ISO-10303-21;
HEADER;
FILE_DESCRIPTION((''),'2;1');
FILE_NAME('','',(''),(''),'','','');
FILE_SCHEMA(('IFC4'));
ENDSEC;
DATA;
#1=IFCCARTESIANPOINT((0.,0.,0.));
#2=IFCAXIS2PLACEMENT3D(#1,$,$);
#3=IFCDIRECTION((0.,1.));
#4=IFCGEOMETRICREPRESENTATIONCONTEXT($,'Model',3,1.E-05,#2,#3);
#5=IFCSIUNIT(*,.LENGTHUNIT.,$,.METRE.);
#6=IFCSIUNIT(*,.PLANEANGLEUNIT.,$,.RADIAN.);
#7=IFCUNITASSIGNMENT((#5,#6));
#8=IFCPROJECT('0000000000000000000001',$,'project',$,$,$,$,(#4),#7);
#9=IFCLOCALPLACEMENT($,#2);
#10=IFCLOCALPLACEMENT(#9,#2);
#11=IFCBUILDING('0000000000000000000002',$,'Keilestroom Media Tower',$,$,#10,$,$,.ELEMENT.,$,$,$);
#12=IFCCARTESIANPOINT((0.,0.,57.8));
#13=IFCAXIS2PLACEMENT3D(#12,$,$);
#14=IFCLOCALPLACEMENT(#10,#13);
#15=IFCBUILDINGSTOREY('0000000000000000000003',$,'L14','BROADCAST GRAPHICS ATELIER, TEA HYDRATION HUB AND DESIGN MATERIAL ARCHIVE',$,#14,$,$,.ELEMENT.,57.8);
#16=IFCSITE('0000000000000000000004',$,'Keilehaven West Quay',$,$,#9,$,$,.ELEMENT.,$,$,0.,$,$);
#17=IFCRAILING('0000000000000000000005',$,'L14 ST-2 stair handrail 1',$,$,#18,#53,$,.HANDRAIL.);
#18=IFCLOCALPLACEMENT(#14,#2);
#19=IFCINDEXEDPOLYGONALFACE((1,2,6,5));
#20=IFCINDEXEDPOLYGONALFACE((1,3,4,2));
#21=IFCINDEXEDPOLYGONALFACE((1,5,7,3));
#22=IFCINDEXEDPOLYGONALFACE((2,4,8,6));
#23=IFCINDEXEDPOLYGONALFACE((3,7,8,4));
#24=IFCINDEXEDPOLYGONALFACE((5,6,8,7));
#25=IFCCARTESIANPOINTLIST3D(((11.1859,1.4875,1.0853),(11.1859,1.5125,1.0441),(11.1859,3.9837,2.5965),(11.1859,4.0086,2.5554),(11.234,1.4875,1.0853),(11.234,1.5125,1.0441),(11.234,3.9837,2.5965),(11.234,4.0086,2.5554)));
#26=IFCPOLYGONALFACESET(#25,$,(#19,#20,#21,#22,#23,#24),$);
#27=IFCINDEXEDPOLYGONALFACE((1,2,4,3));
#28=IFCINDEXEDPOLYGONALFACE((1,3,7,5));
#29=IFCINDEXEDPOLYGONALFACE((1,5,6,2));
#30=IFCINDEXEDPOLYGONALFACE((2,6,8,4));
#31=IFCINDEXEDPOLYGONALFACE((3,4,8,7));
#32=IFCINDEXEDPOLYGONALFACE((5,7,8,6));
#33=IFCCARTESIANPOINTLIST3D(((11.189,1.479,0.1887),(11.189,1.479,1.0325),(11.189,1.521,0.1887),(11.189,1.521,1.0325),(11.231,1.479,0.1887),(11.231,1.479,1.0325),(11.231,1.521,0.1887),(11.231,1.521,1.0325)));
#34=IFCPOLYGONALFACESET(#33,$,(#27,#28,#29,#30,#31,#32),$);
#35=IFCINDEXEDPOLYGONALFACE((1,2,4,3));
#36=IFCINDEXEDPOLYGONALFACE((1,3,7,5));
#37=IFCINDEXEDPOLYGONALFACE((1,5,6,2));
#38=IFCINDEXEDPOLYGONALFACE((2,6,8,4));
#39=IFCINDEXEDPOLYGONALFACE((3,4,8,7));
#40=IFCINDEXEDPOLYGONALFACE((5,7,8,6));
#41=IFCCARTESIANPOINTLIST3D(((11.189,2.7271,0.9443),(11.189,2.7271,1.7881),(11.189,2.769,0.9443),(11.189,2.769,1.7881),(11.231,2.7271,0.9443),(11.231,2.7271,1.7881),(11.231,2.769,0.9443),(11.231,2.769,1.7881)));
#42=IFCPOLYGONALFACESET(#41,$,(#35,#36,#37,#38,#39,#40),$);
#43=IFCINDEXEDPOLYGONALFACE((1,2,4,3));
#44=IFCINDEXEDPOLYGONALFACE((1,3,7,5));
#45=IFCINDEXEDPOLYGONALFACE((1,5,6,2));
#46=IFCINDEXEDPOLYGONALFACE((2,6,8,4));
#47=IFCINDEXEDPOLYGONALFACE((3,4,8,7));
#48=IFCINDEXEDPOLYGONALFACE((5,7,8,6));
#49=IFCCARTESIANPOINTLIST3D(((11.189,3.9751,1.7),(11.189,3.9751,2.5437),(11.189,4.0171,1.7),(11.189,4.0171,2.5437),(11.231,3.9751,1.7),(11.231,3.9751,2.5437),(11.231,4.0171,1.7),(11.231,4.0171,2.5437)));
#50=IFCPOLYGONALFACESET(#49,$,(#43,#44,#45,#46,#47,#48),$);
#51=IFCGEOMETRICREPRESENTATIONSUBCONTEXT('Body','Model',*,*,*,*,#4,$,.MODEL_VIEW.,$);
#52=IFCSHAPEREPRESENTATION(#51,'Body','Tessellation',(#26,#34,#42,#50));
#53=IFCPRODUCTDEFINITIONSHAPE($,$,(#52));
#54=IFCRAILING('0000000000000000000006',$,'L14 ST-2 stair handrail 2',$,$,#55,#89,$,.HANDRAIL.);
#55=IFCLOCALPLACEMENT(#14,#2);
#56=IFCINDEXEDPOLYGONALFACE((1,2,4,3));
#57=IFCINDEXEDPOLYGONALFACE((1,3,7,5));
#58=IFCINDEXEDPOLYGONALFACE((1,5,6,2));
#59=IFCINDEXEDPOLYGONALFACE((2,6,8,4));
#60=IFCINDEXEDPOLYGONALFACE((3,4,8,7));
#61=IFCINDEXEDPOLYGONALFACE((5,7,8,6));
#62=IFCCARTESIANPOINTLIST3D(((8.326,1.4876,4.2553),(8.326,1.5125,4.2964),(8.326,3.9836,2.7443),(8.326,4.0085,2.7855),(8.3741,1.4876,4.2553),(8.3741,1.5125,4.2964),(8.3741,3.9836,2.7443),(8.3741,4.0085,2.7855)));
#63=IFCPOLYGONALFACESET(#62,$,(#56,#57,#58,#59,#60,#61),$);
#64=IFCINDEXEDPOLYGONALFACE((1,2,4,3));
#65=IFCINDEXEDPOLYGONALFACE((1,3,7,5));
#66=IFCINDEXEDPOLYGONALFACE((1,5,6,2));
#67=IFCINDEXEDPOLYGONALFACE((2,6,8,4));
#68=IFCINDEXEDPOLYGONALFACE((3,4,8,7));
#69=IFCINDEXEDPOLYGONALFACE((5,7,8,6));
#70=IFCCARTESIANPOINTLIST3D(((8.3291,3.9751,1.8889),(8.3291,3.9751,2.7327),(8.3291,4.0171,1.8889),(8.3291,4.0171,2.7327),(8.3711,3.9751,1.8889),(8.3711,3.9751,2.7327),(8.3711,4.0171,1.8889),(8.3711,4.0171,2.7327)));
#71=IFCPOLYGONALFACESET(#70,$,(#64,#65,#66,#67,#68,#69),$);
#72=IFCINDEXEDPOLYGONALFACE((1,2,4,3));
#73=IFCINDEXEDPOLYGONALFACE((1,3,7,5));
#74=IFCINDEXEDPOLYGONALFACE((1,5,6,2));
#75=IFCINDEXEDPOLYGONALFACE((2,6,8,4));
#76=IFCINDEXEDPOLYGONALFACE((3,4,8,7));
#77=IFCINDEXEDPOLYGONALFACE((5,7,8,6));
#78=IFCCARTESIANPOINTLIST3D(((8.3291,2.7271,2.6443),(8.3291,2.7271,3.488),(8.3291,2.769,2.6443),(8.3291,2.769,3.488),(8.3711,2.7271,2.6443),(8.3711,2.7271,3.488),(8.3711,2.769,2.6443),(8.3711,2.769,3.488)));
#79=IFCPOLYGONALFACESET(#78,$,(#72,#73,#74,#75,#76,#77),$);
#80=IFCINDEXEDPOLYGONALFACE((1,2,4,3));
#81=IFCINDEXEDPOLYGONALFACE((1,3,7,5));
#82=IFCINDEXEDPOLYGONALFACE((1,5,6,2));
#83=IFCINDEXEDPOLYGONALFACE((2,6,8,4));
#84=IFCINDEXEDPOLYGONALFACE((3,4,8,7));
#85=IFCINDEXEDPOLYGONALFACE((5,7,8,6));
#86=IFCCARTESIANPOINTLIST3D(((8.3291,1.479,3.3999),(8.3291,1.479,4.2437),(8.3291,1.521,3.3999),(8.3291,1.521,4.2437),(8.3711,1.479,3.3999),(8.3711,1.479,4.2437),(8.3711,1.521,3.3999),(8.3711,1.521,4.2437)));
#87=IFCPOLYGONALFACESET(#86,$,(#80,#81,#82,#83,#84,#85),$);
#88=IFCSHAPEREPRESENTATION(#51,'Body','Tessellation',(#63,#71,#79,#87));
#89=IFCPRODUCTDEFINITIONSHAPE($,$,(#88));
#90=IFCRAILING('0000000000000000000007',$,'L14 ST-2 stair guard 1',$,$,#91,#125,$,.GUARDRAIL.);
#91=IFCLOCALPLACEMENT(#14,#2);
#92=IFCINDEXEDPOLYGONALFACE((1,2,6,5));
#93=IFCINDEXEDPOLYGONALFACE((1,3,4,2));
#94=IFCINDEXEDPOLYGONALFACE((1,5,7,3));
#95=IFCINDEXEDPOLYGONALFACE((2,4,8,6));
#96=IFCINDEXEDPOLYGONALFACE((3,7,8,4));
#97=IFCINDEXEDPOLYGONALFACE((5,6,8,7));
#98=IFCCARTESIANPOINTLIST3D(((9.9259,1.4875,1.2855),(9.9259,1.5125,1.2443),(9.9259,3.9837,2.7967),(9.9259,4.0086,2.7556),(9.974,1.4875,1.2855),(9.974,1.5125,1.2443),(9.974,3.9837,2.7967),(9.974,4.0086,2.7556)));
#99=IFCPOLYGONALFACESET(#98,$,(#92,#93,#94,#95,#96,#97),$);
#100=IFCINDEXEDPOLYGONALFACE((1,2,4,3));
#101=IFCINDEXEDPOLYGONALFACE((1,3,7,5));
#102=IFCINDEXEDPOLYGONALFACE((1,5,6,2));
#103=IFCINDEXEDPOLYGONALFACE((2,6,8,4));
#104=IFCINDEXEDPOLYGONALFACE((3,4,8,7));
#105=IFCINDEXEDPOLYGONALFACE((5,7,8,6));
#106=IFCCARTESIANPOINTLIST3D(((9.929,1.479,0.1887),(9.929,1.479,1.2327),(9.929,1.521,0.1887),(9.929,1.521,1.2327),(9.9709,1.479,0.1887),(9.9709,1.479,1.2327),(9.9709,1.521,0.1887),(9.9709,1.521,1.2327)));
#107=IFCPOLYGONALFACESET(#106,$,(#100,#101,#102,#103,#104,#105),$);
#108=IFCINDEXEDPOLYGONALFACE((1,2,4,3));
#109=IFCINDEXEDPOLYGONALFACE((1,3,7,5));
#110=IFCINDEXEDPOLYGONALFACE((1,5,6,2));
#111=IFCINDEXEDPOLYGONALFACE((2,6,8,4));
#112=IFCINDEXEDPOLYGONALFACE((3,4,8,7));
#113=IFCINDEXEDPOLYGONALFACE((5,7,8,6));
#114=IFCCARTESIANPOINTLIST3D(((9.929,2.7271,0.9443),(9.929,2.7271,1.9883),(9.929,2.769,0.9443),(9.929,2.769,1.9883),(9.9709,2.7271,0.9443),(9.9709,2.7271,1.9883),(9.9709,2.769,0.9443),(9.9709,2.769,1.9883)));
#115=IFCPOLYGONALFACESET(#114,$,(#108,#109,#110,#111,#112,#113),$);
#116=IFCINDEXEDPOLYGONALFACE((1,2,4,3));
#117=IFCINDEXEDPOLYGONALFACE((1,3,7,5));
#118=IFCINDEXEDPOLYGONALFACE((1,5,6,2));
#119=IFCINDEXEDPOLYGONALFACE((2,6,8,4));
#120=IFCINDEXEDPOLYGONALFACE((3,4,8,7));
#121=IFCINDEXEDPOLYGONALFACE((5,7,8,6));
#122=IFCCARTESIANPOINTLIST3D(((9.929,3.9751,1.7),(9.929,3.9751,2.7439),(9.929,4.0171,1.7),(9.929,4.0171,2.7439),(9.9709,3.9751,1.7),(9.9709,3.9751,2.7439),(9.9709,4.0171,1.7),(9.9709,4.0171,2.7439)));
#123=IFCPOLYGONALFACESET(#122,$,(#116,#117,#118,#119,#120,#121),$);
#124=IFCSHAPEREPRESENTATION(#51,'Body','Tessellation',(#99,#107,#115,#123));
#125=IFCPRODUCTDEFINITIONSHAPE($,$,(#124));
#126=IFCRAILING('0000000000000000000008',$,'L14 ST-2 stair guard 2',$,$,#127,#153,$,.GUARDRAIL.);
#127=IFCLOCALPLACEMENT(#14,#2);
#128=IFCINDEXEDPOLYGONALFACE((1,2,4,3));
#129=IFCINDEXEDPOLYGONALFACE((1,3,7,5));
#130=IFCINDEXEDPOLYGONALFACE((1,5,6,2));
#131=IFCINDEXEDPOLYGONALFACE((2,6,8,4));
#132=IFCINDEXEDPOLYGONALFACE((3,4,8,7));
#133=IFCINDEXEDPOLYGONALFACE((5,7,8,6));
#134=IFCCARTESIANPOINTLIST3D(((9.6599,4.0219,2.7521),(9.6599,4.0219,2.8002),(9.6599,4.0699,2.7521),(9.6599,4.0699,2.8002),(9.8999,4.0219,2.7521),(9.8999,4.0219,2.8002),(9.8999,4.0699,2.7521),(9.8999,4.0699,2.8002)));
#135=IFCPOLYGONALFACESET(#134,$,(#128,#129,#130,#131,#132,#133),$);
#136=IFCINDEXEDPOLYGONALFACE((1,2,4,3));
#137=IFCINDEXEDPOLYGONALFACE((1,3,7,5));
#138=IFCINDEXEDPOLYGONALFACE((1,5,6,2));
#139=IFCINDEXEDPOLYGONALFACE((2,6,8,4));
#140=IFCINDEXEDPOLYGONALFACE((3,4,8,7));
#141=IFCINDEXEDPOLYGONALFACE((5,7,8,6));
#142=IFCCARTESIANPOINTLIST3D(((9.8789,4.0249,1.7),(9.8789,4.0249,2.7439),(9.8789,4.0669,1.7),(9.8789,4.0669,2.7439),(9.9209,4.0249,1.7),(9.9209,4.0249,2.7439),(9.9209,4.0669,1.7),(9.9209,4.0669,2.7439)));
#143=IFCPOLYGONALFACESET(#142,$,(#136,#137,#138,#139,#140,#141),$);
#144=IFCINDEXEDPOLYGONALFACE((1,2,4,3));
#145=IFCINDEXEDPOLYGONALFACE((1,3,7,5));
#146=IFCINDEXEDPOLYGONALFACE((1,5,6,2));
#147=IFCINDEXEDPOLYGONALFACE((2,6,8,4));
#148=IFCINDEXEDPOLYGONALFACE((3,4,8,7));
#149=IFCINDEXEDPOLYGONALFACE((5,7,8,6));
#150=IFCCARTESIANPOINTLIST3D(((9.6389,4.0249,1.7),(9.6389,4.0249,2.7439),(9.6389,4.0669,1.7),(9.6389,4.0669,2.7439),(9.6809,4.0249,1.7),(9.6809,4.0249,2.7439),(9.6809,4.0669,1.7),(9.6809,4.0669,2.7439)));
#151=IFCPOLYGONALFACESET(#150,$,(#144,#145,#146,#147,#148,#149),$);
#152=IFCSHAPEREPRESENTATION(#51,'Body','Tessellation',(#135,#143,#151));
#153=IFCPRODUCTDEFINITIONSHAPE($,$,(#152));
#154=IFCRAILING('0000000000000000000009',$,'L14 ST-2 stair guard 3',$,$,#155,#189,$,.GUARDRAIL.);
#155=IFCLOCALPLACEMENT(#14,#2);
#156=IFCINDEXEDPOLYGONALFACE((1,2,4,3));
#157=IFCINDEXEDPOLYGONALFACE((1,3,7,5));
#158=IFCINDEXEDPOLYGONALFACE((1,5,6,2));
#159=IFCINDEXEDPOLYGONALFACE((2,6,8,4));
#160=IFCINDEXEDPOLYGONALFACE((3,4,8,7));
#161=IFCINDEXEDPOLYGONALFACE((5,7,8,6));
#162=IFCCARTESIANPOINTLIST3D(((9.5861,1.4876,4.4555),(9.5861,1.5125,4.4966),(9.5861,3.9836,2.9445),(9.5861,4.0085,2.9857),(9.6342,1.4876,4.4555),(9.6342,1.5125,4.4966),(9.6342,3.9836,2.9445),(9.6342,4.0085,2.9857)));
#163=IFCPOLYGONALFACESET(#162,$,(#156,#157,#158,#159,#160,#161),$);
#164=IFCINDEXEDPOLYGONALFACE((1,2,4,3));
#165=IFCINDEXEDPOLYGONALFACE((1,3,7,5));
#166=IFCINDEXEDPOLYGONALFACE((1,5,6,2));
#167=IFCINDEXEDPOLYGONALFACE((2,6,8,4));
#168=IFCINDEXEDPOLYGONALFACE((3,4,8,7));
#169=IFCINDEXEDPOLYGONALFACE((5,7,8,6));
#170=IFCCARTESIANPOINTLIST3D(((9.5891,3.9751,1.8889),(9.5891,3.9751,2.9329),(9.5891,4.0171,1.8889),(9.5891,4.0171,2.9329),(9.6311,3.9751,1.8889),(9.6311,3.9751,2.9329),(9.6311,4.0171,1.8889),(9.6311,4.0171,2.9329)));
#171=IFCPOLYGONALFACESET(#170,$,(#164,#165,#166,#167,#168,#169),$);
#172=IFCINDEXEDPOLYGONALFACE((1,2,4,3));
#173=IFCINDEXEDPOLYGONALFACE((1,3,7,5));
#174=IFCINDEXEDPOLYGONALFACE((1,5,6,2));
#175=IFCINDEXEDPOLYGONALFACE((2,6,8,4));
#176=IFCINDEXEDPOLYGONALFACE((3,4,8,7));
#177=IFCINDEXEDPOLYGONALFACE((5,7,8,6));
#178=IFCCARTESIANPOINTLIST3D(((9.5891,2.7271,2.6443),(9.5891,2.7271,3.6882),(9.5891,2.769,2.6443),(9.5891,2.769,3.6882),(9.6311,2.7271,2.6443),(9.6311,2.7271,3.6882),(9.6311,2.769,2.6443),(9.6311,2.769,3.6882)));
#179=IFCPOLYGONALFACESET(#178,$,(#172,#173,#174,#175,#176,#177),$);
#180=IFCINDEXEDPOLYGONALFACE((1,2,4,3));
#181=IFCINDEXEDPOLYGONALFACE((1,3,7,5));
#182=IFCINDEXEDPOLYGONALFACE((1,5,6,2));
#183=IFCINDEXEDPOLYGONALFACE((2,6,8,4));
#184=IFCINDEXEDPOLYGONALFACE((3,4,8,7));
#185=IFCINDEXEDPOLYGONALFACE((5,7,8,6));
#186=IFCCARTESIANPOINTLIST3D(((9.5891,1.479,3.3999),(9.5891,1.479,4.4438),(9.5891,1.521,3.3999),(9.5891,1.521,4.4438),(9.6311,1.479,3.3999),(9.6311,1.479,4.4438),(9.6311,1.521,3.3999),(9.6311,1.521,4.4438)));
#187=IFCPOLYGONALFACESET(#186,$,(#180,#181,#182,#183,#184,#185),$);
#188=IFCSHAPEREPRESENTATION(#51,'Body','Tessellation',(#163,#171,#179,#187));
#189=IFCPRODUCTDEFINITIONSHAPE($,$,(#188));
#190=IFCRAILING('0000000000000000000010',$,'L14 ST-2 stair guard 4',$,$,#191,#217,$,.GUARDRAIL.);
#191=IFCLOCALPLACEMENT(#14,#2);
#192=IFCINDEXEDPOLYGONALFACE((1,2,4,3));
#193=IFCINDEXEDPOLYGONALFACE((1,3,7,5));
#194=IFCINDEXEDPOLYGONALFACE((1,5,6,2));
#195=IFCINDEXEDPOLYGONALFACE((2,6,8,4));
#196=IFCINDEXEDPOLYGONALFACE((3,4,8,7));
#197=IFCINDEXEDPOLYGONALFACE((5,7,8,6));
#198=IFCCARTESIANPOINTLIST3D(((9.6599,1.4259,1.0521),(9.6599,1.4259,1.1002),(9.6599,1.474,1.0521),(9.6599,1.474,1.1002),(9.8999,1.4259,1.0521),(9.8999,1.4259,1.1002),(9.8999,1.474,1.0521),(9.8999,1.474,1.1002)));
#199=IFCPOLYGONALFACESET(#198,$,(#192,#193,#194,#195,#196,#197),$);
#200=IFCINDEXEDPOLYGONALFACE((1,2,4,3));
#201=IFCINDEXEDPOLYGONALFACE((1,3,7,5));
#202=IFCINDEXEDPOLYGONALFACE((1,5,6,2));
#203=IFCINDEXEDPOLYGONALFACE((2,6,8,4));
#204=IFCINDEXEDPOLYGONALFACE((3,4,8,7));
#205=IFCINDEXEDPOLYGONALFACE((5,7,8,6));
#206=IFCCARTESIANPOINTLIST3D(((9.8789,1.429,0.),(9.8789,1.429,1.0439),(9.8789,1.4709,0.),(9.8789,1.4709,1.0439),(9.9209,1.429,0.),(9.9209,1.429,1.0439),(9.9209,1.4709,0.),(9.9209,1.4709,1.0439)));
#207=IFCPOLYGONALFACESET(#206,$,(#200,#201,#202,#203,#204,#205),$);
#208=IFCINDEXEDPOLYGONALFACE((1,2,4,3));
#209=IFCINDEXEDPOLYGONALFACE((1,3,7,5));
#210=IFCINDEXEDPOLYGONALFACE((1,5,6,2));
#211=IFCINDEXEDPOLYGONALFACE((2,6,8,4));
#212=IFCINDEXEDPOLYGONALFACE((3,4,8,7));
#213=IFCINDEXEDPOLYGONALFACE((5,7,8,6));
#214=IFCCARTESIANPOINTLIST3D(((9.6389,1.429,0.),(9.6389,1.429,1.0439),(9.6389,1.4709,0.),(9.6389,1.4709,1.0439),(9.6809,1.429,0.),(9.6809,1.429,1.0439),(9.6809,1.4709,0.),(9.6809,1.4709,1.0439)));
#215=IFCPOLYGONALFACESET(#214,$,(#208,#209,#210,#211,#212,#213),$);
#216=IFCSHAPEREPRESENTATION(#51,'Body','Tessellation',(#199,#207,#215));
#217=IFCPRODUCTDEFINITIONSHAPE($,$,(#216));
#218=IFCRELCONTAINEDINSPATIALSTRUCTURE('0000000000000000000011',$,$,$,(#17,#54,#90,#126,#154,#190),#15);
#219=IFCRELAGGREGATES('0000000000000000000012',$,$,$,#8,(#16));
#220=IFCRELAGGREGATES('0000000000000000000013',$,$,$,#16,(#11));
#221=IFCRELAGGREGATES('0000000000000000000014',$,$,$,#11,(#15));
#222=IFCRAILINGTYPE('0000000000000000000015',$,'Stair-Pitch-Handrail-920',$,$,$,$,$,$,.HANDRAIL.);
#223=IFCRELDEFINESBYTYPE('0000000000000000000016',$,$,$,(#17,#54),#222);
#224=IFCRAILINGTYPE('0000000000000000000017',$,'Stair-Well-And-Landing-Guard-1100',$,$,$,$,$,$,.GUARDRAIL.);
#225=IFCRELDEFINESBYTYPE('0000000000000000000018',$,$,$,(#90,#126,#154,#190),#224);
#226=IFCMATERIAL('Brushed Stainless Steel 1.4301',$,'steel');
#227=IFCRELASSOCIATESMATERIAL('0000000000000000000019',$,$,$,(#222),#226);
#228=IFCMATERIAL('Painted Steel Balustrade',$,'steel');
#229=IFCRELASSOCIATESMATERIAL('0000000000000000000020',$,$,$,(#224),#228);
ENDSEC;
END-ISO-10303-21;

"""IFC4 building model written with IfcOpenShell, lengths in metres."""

from ifc_helpers import new_model, si_unit, direction, frame, origin, origin_2d, place, context, subcontext, project, spatial, rectangle, extrude, material, type_object, element, save


model = new_model("IFC4")

# Units and contexts
model_context = context("Model", 3, precision=1e-05, world=origin(), true_north=direction((0.0, 1.0)))
body_context = subcontext(model_context, "Body", "Model", "MODEL_VIEW")
ifc_project = project(units=[si_unit("LENGTHUNIT", "METRE"), si_unit("PLANEANGLEUNIT", "RADIAN")], contexts=[model_context])

# Site, building, storey
site_placement = place(None, origin())
site = spatial("IfcSite", under=ifc_project, at=site_placement, Name="Keilehaven West Quay", CompositionType="ELEMENT", RefElevation=0.0)
building_placement = place(site_placement, origin())
building = spatial("IfcBuilding", under=site, at=building_placement, Name="Keilestroom Media Tower", CompositionType="ELEMENT")
storey_placement = place(building_placement, frame((0.0, 0.0, 57.8)))
storey = spatial("IfcBuildingStorey", under=building, at=storey_placement, Name="L14", Description="BROADCAST GRAPHICS ATELIER, TEA HYDRATION HUB AND DESIGN MATERIAL ARCHIVE", CompositionType="ELEMENT", Elevation=57.8)

# Railings
ifc_material_1 = material(Name="Brushed Stainless Steel 1.4301", Category="steel")
railing_type_1 = type_object("IfcRailingType", Name="Stair-Pitch-Handrail-920", PredefinedType="HANDRAIL", material=ifc_material_1)
railing_1_placement = place(storey_placement, frame((11.21, 1.5, 0.1887)))
element("IfcRailing", 1, at=railing_1_placement, inside=storey, type_object=railing_type_1, Name="L14 ST-2 stair handrail 1", PredefinedType="HANDRAIL", context=body_context, shape_type="SweptSolid", body=[
    extrude(rectangle(XDim=0.0481, YDim=0.0481, at=origin_2d()), frame((0.0, 0.0, 0.876), z_axis=(0.0, 0.855434, 0.517912), x_axis=(-1.0, 0.0, 0.0)), (0.0, 0.0, 1.0), 2.918),
    extrude(rectangle(XDim=0.042, YDim=0.042, at=origin_2d()), origin(), (0.0, 0.0, 1.0), 0.8438),
    extrude(rectangle(XDim=0.042, YDim=0.042, at=origin_2d()), frame((0.0, 1.248, 0.7556)), (0.0, 0.0, 1.0), 0.8438),
    extrude(rectangle(XDim=0.042, YDim=0.042, at=origin_2d()), frame((0.0, 2.4961, 1.5112)), (0.0, 0.0, 1.0), 0.8438),
])
railing_2_placement = place(storey_placement, frame((8.3501, 3.9961, 1.8889)))
element("IfcRailing", 2, at=railing_2_placement, inside=storey, type_object=railing_type_1, Name="L14 ST-2 stair handrail 2", PredefinedType="HANDRAIL", context=body_context, shape_type="SweptSolid", body=[
    extrude(rectangle(XDim=0.0481, YDim=0.0481, at=origin_2d()), frame((0.0, 0.0, 0.876), z_axis=(0.0, -0.855471, 0.517851), x_axis=(1.0, 0.0, 0.0)), (0.0, 0.0, 1.0), 2.9177),
    extrude(rectangle(XDim=0.042, YDim=0.042, at=origin_2d()), origin(), (0.0, 0.0, 1.0), 0.8438),
    extrude(rectangle(XDim=0.042, YDim=0.042, at=origin_2d()), frame((0.0, -1.248, 0.7554)), (0.0, 0.0, 1.0), 0.8438),
    extrude(rectangle(XDim=0.042, YDim=0.042, at=origin_2d()), frame((0.0, -2.4961, 1.511)), (0.0, 0.0, 1.0), 0.8438),
])
ifc_material_2 = material(Name="Painted Steel Balustrade", Category="steel")
railing_type_2 = type_object("IfcRailingType", Name="Stair-Well-And-Landing-Guard-1100", PredefinedType="GUARDRAIL", material=ifc_material_2)
railing_3_placement = place(storey_placement, frame((9.95, 1.5, 0.1887)))
element("IfcRailing", 3, at=railing_3_placement, inside=storey, type_object=railing_type_2, Name="L14 ST-2 stair guard 1", PredefinedType="GUARDRAIL", context=body_context, shape_type="SweptSolid", body=[
    extrude(rectangle(XDim=0.0481, YDim=0.0481, at=origin_2d()), frame((0.0, 0.0, 1.0762), z_axis=(0.0, 0.855434, 0.517912), x_axis=(-1.0, 0.0, 0.0)), (0.0, 0.0, 1.0), 2.918),
    extrude(rectangle(XDim=0.042, YDim=0.042, at=origin_2d()), origin(), (0.0, 0.0, 1.0), 1.0439),
    extrude(rectangle(XDim=0.042, YDim=0.042, at=origin_2d()), frame((0.0, 1.248, 0.7556)), (0.0, 0.0, 1.0), 1.0439),
    extrude(rectangle(XDim=0.042, YDim=0.042, at=origin_2d()), frame((0.0, 2.4961, 1.5112)), (0.0, 0.0, 1.0), 1.0439),
])
railing_4_placement = place(storey_placement, frame((9.8999, 4.0459, 1.7)))
element("IfcRailing", 4, at=railing_4_placement, inside=storey, type_object=railing_type_2, Name="L14 ST-2 stair guard 2", PredefinedType="GUARDRAIL", context=body_context, shape_type="SweptSolid", body=[
    extrude(rectangle(XDim=0.0481, YDim=0.0481, at=origin_2d()), frame((0.0, 0.0, 1.0762), z_axis=(-1.0, 0.0, 0.0), x_axis=(0.0, -1.0, 0.0)), (0.0, 0.0, 1.0), 0.24),
    extrude(rectangle(XDim=0.042, YDim=0.042, at=origin_2d()), origin(), (0.0, 0.0, 1.0), 1.0439),
    extrude(rectangle(XDim=0.042, YDim=0.042, at=origin_2d()), frame((-0.24, 0.0, 0.0)), (0.0, 0.0, 1.0), 1.0439),
])
railing_5_placement = place(storey_placement, frame((9.6101, 3.9961, 1.8889)))
element("IfcRailing", 5, at=railing_5_placement, inside=storey, type_object=railing_type_2, Name="L14 ST-2 stair guard 3", PredefinedType="GUARDRAIL", context=body_context, shape_type="SweptSolid", body=[
    extrude(rectangle(XDim=0.0481, YDim=0.0481, at=origin_2d()), frame((0.0, 0.0, 1.0762), z_axis=(0.0, -0.855471, 0.517851), x_axis=(1.0, 0.0, 0.0)), (0.0, 0.0, 1.0), 2.9177),
    extrude(rectangle(XDim=0.042, YDim=0.042, at=origin_2d()), origin(), (0.0, 0.0, 1.0), 1.0439),
    extrude(rectangle(XDim=0.042, YDim=0.042, at=origin_2d()), frame((0.0, -1.248, 0.7554)), (0.0, 0.0, 1.0), 1.0439),
    extrude(rectangle(XDim=0.042, YDim=0.042, at=origin_2d()), frame((0.0, -2.4961, 1.511)), (0.0, 0.0, 1.0), 1.0439),
])
railing_6_placement = place(storey_placement, frame((9.8999, 1.45, 0.0)))
element("IfcRailing", 6, at=railing_6_placement, inside=storey, type_object=railing_type_2, Name="L14 ST-2 stair guard 4", PredefinedType="GUARDRAIL", context=body_context, shape_type="SweptSolid", body=[
    extrude(rectangle(XDim=0.0481, YDim=0.0481, at=origin_2d()), frame((0.0, 0.0, 1.0762), z_axis=(-1.0, 0.0, 0.0), x_axis=(0.0, -1.0, 0.0)), (0.0, 0.0, 1.0), 0.24),
    extrude(rectangle(XDim=0.042, YDim=0.042, at=origin_2d()), origin(), (0.0, 0.0, 1.0), 1.0439),
    extrude(rectangle(XDim=0.042, YDim=0.042, at=origin_2d()), frame((-0.24, 0.0, 0.0)), (0.0, 0.0, 1.0), 1.0439),
])

save(model, "model.ifc")
